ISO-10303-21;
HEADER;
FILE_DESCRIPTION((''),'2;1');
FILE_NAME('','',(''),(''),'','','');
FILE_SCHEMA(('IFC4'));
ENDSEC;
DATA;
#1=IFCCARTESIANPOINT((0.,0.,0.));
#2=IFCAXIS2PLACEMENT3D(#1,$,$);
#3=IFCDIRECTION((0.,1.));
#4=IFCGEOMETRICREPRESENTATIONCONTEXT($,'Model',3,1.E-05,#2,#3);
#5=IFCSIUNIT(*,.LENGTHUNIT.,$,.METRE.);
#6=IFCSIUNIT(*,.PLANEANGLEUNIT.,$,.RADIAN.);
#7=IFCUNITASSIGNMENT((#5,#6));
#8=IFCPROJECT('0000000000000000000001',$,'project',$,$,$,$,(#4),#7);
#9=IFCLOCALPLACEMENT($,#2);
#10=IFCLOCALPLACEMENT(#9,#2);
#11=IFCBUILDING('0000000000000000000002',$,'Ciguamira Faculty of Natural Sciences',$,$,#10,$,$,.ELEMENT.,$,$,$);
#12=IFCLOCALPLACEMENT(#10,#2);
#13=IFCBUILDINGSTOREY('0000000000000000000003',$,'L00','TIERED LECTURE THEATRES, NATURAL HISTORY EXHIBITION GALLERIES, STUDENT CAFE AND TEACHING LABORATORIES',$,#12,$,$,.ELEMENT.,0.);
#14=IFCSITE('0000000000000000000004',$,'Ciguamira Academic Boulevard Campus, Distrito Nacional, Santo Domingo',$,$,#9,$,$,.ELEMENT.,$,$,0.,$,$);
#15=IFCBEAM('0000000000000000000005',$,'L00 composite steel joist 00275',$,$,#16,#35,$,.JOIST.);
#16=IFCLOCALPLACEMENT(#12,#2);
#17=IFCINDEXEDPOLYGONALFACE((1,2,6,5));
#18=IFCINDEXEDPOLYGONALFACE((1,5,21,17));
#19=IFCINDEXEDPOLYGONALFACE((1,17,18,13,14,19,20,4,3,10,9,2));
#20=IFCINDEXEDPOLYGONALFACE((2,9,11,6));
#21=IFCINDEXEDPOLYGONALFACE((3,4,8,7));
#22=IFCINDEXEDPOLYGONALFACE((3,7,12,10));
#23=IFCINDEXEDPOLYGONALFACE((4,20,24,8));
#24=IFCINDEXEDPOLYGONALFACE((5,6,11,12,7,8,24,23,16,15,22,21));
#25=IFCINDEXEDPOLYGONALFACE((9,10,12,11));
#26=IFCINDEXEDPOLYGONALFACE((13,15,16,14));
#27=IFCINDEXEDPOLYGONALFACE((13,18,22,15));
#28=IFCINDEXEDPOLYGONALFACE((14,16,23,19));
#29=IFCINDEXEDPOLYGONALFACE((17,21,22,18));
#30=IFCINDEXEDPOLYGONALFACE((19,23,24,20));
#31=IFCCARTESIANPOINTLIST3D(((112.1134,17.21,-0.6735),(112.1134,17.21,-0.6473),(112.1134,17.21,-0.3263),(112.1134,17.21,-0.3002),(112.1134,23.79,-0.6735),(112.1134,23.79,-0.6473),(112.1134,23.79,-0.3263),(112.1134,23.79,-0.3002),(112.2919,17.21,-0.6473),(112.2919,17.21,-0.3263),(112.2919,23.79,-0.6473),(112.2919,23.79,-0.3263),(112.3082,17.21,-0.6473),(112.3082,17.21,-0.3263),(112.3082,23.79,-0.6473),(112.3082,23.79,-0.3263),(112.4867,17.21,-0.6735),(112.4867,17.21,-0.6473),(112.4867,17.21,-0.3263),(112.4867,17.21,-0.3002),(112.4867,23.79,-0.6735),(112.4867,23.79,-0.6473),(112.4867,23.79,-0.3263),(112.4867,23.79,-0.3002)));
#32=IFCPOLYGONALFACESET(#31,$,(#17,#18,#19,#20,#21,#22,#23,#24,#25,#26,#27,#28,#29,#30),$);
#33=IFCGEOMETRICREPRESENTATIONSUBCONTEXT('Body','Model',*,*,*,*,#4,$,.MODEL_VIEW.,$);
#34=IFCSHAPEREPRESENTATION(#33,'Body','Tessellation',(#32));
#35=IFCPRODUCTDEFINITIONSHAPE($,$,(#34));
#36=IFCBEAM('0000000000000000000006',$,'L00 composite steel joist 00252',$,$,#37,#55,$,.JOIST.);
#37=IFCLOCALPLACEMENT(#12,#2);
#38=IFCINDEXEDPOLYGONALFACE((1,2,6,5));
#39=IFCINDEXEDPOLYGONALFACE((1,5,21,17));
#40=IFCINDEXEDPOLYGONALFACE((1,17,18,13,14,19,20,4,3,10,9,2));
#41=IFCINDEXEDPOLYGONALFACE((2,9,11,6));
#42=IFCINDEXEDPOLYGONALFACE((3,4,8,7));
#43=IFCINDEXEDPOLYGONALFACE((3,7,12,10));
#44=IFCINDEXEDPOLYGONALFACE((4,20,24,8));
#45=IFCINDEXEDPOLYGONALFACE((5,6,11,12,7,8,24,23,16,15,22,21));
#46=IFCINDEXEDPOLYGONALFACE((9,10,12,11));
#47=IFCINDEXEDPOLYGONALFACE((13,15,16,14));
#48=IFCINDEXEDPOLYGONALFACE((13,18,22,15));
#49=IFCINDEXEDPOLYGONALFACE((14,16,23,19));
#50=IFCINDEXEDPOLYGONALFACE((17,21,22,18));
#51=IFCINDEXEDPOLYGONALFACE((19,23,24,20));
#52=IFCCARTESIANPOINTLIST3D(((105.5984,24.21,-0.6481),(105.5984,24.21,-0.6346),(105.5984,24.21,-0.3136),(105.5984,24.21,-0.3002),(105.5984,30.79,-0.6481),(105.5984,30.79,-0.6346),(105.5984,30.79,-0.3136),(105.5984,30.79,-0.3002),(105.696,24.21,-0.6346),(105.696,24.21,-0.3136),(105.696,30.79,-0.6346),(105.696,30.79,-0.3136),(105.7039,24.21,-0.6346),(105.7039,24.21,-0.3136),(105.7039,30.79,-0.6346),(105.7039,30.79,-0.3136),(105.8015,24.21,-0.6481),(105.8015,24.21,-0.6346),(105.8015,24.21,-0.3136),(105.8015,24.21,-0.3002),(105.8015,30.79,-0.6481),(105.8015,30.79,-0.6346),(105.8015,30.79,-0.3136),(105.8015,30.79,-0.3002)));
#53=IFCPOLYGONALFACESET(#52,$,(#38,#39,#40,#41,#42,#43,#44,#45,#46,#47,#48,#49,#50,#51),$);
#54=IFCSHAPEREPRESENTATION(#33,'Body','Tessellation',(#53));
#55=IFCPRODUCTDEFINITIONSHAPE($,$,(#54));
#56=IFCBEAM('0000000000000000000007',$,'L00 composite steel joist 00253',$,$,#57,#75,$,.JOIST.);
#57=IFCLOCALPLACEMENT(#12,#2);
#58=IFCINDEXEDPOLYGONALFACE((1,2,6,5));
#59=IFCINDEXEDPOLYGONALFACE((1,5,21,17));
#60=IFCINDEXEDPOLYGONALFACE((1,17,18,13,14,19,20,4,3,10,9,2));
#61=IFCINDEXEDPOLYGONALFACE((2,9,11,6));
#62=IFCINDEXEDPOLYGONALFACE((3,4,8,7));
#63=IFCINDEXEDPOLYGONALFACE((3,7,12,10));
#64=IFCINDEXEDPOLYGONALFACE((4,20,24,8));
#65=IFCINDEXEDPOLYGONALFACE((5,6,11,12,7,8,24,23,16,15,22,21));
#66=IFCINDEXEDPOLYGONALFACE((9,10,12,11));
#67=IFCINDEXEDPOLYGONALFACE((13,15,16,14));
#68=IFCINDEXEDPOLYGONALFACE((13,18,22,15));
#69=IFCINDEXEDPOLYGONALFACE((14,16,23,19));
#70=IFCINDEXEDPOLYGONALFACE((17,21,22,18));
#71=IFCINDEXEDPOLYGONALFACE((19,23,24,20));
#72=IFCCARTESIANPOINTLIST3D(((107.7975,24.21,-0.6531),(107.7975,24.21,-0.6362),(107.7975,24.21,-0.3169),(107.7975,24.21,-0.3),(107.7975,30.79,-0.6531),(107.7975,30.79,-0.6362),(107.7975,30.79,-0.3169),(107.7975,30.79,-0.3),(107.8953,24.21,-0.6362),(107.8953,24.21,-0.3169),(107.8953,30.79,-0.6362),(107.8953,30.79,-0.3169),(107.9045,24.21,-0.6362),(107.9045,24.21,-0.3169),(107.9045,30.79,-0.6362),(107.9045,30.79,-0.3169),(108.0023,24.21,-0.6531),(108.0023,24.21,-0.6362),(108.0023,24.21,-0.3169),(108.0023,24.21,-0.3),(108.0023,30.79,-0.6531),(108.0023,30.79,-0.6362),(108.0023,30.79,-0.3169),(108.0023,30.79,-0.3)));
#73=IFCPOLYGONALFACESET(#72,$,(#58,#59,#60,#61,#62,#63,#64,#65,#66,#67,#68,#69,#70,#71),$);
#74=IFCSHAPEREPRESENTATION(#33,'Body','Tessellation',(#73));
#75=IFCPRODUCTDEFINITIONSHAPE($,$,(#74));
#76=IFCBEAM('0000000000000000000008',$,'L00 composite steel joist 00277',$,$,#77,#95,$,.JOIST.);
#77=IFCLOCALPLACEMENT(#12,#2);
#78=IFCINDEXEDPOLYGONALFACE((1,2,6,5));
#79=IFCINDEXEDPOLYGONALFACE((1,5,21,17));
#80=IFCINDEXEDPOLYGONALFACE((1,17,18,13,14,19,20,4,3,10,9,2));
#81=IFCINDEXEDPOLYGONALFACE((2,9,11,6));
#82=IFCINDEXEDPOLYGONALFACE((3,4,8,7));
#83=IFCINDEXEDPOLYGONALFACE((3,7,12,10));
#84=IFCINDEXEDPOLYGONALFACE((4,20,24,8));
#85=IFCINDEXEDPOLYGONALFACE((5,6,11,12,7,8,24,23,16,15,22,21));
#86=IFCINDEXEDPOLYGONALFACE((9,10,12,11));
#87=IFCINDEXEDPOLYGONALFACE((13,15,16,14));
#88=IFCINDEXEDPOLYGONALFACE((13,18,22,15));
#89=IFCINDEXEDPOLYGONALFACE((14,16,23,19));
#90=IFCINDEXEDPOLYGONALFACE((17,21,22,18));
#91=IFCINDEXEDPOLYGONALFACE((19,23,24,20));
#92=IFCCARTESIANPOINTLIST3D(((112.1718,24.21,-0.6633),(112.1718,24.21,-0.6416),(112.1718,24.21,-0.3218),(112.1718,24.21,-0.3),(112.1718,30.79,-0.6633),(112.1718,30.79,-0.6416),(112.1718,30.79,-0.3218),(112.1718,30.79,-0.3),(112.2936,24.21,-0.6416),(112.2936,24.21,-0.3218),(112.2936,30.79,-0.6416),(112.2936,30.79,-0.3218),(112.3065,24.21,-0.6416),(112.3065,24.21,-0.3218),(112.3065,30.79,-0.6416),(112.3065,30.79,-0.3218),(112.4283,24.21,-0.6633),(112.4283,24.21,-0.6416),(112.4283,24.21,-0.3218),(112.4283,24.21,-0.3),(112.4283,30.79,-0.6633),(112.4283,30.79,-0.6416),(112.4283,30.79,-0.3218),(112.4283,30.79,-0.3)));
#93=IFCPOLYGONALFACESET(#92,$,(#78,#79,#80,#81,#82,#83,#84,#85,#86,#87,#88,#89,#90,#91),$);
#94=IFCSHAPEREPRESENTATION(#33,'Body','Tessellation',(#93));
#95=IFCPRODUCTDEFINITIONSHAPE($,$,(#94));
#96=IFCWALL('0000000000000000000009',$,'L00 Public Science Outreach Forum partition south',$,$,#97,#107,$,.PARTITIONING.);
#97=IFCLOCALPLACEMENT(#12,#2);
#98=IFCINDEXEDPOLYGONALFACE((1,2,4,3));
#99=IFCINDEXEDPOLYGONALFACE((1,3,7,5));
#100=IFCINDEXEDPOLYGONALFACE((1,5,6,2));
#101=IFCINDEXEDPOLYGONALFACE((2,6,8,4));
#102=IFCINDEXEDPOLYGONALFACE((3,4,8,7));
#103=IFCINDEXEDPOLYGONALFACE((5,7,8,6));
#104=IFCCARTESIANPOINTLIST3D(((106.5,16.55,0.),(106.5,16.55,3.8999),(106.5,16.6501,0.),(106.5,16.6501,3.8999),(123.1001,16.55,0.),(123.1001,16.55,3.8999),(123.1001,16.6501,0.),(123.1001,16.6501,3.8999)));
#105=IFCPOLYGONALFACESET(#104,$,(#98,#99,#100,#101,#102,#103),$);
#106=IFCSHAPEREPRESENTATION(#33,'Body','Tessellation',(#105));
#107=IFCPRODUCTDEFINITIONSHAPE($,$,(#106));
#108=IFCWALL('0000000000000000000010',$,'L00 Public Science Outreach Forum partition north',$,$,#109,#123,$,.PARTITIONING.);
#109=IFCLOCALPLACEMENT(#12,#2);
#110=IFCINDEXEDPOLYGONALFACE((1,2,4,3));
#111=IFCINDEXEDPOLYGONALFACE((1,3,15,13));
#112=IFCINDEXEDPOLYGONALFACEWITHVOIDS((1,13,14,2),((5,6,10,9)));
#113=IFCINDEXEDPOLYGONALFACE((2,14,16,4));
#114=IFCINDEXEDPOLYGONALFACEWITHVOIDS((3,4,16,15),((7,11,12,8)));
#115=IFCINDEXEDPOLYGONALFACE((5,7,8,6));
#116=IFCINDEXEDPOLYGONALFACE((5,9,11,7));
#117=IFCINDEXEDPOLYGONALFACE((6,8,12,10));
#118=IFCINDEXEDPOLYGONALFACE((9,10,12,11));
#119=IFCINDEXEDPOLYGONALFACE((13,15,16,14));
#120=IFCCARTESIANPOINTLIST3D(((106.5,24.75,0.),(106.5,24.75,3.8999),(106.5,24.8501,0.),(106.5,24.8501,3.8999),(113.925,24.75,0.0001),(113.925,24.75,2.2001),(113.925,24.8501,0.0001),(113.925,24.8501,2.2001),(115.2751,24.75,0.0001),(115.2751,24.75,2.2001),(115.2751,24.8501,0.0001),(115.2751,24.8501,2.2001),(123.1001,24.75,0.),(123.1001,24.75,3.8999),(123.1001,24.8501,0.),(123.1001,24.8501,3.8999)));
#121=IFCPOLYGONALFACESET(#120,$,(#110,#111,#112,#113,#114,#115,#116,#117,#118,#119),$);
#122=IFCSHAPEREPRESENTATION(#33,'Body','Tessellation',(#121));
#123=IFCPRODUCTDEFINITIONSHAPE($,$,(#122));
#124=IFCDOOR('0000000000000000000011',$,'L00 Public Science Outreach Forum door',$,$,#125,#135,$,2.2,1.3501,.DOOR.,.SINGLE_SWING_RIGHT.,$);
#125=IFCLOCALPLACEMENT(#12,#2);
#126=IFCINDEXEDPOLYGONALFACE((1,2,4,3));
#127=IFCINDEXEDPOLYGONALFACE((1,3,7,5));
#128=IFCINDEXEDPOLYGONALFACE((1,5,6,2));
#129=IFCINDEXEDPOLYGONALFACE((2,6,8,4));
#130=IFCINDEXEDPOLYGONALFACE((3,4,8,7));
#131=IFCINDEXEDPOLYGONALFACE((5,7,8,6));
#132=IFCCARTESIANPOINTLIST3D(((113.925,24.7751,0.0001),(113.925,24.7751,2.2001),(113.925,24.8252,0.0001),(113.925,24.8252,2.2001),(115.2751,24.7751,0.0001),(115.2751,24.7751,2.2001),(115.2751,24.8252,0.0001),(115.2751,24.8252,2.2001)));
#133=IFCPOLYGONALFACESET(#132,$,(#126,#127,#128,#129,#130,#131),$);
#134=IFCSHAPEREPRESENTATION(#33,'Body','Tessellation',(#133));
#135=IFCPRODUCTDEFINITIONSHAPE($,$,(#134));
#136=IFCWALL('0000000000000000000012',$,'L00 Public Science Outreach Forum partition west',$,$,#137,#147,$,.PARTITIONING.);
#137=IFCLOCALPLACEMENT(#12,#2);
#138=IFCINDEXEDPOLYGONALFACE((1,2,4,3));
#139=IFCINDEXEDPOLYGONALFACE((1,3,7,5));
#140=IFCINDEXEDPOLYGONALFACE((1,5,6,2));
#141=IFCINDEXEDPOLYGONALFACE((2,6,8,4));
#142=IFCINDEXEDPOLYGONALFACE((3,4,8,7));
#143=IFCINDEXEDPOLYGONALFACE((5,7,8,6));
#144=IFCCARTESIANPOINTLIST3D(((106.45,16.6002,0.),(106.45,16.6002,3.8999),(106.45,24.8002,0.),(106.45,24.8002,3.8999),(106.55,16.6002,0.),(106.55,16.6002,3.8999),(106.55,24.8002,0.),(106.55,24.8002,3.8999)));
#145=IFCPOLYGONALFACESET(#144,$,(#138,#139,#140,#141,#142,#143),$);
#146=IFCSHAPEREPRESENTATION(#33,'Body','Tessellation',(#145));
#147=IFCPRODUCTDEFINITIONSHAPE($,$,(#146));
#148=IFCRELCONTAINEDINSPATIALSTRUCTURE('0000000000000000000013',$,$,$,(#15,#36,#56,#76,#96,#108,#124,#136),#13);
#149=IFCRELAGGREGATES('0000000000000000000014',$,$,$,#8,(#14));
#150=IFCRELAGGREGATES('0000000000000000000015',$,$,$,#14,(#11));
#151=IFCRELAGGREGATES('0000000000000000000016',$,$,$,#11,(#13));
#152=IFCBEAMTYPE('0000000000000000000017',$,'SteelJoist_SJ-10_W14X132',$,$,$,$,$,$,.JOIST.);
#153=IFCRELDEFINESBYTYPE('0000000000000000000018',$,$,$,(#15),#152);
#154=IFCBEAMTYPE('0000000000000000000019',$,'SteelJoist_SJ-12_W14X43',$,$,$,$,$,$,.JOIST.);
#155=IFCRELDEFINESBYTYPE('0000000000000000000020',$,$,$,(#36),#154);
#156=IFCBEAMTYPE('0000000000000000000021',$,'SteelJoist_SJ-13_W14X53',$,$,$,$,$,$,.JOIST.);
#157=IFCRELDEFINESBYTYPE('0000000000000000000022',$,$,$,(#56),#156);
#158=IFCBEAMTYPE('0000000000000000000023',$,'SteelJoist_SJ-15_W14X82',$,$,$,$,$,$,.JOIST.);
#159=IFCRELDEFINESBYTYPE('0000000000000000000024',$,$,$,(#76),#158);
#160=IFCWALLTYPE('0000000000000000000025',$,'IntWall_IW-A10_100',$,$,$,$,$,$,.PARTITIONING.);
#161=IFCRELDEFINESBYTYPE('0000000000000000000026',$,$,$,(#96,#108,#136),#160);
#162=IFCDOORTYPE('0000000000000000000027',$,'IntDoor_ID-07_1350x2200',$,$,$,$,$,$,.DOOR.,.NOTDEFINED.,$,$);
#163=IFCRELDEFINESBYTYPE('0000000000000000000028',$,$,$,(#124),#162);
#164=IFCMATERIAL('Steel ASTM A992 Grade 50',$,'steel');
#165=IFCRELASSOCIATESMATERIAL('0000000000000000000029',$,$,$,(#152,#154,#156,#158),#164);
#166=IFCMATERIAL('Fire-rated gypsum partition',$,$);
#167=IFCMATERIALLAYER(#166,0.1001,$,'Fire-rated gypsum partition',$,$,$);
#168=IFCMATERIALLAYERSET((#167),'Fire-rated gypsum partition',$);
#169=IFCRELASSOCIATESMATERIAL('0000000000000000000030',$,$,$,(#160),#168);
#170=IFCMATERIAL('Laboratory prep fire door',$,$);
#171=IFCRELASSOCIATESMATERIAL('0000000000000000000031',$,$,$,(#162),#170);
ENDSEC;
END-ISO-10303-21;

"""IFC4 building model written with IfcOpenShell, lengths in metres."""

from ifc_helpers import new_model, si_unit, direction, frame, frame_2d, origin, origin_2d, place, context, subcontext, project, spatial, rectangle, i_section, extrude, material, layer, layer_set, material_profile, profile_set, type_object, element, fill, save


model = new_model("IFC4")

# Units and contexts
model_context = context("Model", 3, precision=1e-05, world=origin(), true_north=direction((0.0, 1.0)))
body_context = subcontext(model_context, "Body", "Model", "MODEL_VIEW")
ifc_project = project(units=[si_unit("LENGTHUNIT", "METRE"), si_unit("PLANEANGLEUNIT", "RADIAN")], contexts=[model_context])

# Site, building, storey
site_placement = place(None, origin())
site = spatial("IfcSite", under=ifc_project, at=site_placement, Name="Ciguamira Academic Boulevard Campus, Distrito Nacional, Santo Domingo", CompositionType="ELEMENT", RefElevation=0.0)
building_placement = place(site_placement, origin())
building = spatial("IfcBuilding", under=site, at=building_placement, Name="Ciguamira Faculty of Natural Sciences", CompositionType="ELEMENT")
storey_placement = place(building_placement, origin())
storey = spatial("IfcBuildingStorey", under=building, at=storey_placement, Name="L00", Description="TIERED LECTURE THEATRES, NATURAL HISTORY EXHIBITION GALLERIES, STUDENT CAFE AND TEACHING LABORATORIES", CompositionType="ELEMENT", Elevation=0.0)

# Beams
ifc_material_1 = material(Name="Steel ASTM A992 Grade 50", Category="steel")
ifc_material_profile_1 = material_profile(ifc_material_1, i_section(OverallWidth=0.3733, OverallDepth=0.3733, WebThickness=0.0164, FlangeThickness=0.0261, at=origin_2d()), Name="W14X132")
ifc_profile_set_1 = profile_set([ifc_material_profile_1], Name="Steel ASTM A992 Grade 50")
beam_type_1 = type_object("IfcBeamType", Name="SteelJoist_SJ-10_W14X132", PredefinedType="JOIST", material=ifc_profile_set_1)
beam_1_placement = place(storey_placement, frame((112.3, 17.21, -0.4868), z_axis=(0.0, 1.0, 0.0), x_axis=(-1.0, 0.0, 0.0)))
element("IfcBeam", 1, at=beam_1_placement, inside=storey, type_object=beam_type_1, Name="L00 composite steel joist 00275", PredefinedType="JOIST", context=body_context, shape_type="SweptSolid", body=[
    extrude(i_section(OverallWidth=0.3733, OverallDepth=0.3733, WebThickness=0.0164, FlangeThickness=0.0261, at=origin_2d()), origin(), (0.0, 0.0, 1.0), 6.5801),
])
ifc_material_profile_2 = material_profile(ifc_material_1, i_section(OverallWidth=0.2031, OverallDepth=0.3479, WebThickness=0.0078, FlangeThickness=0.0134, at=origin_2d()), Name="W14X43")
ifc_profile_set_2 = profile_set([ifc_material_profile_2], Name="Steel ASTM A992 Grade 50")
beam_type_2 = type_object("IfcBeamType", Name="SteelJoist_SJ-12_W14X43", PredefinedType="JOIST", material=ifc_profile_set_2)
beam_2_placement = place(storey_placement, frame((105.7, 24.21, -0.4741), z_axis=(0.0, 1.0, 0.0), x_axis=(-1.0, 0.0, 0.0)))
element("IfcBeam", 2, at=beam_2_placement, inside=storey, type_object=beam_type_2, Name="L00 composite steel joist 00252", PredefinedType="JOIST", context=body_context, shape_type="SweptSolid", body=[
    extrude(i_section(OverallWidth=0.2031, OverallDepth=0.3479, WebThickness=0.0078, FlangeThickness=0.0134, at=origin_2d()), origin(), (0.0, 0.0, 1.0), 6.5801),
])
ifc_material_profile_3 = material_profile(ifc_material_1, i_section(OverallWidth=0.2048, OverallDepth=0.353, WebThickness=0.0093, FlangeThickness=0.0168, at=origin_2d()), Name="W14X53")
ifc_profile_set_3 = profile_set([ifc_material_profile_3], Name="Steel ASTM A992 Grade 50")
beam_type_3 = type_object("IfcBeamType", Name="SteelJoist_SJ-13_W14X53", PredefinedType="JOIST", material=ifc_profile_set_3)
beam_3_placement = place(storey_placement, frame((107.8999, 24.21, -0.4766), z_axis=(0.0, 1.0, 0.0), x_axis=(-1.0, 0.0, 0.0)))
element("IfcBeam", 3, at=beam_3_placement, inside=storey, type_object=beam_type_3, Name="L00 composite steel joist 00253", PredefinedType="JOIST", context=body_context, shape_type="SweptSolid", body=[
    extrude(i_section(OverallWidth=0.2048, OverallDepth=0.353, WebThickness=0.0093, FlangeThickness=0.0168, at=origin_2d()), origin(), (0.0, 0.0, 1.0), 6.5801),
])
ifc_material_profile_4 = material_profile(ifc_material_1, i_section(OverallWidth=0.2566, OverallDepth=0.3633, WebThickness=0.0129, FlangeThickness=0.0217, at=origin_2d()), Name="W14X82")
ifc_profile_set_4 = profile_set([ifc_material_profile_4], Name="Steel ASTM A992 Grade 50")
beam_type_4 = type_object("IfcBeamType", Name="SteelJoist_SJ-15_W14X82", PredefinedType="JOIST", material=ifc_profile_set_4)
beam_4_placement = place(storey_placement, frame((112.3, 24.21, -0.4817), z_axis=(0.0, 1.0, 0.0), x_axis=(-1.0, 0.0, 0.0)))
element("IfcBeam", 4, at=beam_4_placement, inside=storey, type_object=beam_type_4, Name="L00 composite steel joist 00277", PredefinedType="JOIST", context=body_context, shape_type="SweptSolid", body=[
    extrude(i_section(OverallWidth=0.2566, OverallDepth=0.3633, WebThickness=0.0129, FlangeThickness=0.0217, at=origin_2d()), origin(), (0.0, 0.0, 1.0), 6.5801),
])

# Wall
ifc_material_2 = material(Name="Fire-rated gypsum partition")
ifc_layer = layer(ifc_material_2, 0.1001, Name="Fire-rated gypsum partition")
ifc_layer_set = layer_set([ifc_layer], Name="Fire-rated gypsum partition")
wall_type = type_object("IfcWallType", Name="IntWall_IW-A10_100", PredefinedType="PARTITIONING", material=ifc_layer_set)
wall_1_placement = place(storey_placement, frame((106.5, 16.6001, 0.0), z_axis=(0.0, 0.0, 1.0), x_axis=(1.0, 0.0, 0.0)))
element("IfcWall", 5, at=wall_1_placement, inside=storey, type_object=wall_type, Name="L00 Public Science Outreach Forum partition south", PredefinedType="PARTITIONING", context=body_context, shape_type="SweptSolid", body=[
    extrude(rectangle(XDim=16.6001, YDim=0.1001, at=frame_2d((8.3, 0.0))), origin(), (0.0, 0.0, 1.0), 3.8999),
])

# Wall, opening, door
wall_2_placement = place(storey_placement, frame((106.5, 24.8, 0.0), z_axis=(0.0, 0.0, 1.0), x_axis=(1.0, 0.0, 0.0)))
wall_2 = element("IfcWall", 6, at=wall_2_placement, inside=storey, type_object=wall_type, Name="L00 Public Science Outreach Forum partition north", PredefinedType="PARTITIONING", context=body_context, shape_type="SweptSolid", body=[
    extrude(rectangle(XDim=16.6001, YDim=0.1001, at=frame_2d((8.3, 0.0))), origin(), (0.0, 0.0, 1.0), 3.8999),
])
opening_placement = place(wall_2_placement, frame((7.425, 0.0, 0.0)))
opening = element("IfcOpeningElement", 7, at=opening_placement, cuts=wall_2, PredefinedType="OPENING", context=body_context, shape_type="SweptSolid", body=[
    extrude(rectangle(XDim=1.3501, YDim=2.2, at=frame_2d((0.675, 1.1001))), frame((0.0, 0.0601, 0.0), z_axis=(0.0, -1.0, 0.0), x_axis=(1.0, 0.0, 0.0)), (0.0, 0.0, 1.0), 0.1201),
])
ifc_material_3 = material(Name="Laboratory prep fire door")
door_type = type_object("IfcDoorType", Name="IntDoor_ID-07_1350x2200", OperationType="NOTDEFINED", PredefinedType="DOOR", material=ifc_material_3)
door_placement = place(opening_placement, frame((1.3501, 0.0, 0.0), z_axis=(0.0, 0.0, 1.0), x_axis=(-1.0, 0.0, 0.0)))
door = element("IfcDoor", 8, at=door_placement, inside=storey, type_object=door_type, Name="L00 Public Science Outreach Forum door", OperationType="SINGLE_SWING_RIGHT", OverallHeight=2.2, OverallWidth=1.3501, PredefinedType="DOOR", context=body_context, shape_type="SweptSolid", body=[
    extrude(rectangle(XDim=1.3501, YDim=2.2, at=frame_2d((0.675, 1.1001))), frame((0.0, 0.0249, 0.0), z_axis=(0.0, -1.0, 0.0), x_axis=(1.0, 0.0, 0.0)), (0.0, 0.0, 1.0), 0.05),
])
fill(opening, door)

# Wall
wall_3_placement = place(storey_placement, frame((106.5, 16.6001, 0.0), z_axis=(0.0, 0.0, 1.0), x_axis=(0.0, 1.0, 0.0)))
element("IfcWall", 9, at=wall_3_placement, inside=storey, type_object=wall_type, Name="L00 Public Science Outreach Forum partition west", PredefinedType="PARTITIONING", context=body_context, shape_type="SweptSolid", body=[
    extrude(rectangle(XDim=8.2, YDim=0.1001, at=frame_2d((4.1001, 0.0))), origin(), (0.0, 0.0, 1.0), 3.8999),
])

save(model, "model.ifc")
